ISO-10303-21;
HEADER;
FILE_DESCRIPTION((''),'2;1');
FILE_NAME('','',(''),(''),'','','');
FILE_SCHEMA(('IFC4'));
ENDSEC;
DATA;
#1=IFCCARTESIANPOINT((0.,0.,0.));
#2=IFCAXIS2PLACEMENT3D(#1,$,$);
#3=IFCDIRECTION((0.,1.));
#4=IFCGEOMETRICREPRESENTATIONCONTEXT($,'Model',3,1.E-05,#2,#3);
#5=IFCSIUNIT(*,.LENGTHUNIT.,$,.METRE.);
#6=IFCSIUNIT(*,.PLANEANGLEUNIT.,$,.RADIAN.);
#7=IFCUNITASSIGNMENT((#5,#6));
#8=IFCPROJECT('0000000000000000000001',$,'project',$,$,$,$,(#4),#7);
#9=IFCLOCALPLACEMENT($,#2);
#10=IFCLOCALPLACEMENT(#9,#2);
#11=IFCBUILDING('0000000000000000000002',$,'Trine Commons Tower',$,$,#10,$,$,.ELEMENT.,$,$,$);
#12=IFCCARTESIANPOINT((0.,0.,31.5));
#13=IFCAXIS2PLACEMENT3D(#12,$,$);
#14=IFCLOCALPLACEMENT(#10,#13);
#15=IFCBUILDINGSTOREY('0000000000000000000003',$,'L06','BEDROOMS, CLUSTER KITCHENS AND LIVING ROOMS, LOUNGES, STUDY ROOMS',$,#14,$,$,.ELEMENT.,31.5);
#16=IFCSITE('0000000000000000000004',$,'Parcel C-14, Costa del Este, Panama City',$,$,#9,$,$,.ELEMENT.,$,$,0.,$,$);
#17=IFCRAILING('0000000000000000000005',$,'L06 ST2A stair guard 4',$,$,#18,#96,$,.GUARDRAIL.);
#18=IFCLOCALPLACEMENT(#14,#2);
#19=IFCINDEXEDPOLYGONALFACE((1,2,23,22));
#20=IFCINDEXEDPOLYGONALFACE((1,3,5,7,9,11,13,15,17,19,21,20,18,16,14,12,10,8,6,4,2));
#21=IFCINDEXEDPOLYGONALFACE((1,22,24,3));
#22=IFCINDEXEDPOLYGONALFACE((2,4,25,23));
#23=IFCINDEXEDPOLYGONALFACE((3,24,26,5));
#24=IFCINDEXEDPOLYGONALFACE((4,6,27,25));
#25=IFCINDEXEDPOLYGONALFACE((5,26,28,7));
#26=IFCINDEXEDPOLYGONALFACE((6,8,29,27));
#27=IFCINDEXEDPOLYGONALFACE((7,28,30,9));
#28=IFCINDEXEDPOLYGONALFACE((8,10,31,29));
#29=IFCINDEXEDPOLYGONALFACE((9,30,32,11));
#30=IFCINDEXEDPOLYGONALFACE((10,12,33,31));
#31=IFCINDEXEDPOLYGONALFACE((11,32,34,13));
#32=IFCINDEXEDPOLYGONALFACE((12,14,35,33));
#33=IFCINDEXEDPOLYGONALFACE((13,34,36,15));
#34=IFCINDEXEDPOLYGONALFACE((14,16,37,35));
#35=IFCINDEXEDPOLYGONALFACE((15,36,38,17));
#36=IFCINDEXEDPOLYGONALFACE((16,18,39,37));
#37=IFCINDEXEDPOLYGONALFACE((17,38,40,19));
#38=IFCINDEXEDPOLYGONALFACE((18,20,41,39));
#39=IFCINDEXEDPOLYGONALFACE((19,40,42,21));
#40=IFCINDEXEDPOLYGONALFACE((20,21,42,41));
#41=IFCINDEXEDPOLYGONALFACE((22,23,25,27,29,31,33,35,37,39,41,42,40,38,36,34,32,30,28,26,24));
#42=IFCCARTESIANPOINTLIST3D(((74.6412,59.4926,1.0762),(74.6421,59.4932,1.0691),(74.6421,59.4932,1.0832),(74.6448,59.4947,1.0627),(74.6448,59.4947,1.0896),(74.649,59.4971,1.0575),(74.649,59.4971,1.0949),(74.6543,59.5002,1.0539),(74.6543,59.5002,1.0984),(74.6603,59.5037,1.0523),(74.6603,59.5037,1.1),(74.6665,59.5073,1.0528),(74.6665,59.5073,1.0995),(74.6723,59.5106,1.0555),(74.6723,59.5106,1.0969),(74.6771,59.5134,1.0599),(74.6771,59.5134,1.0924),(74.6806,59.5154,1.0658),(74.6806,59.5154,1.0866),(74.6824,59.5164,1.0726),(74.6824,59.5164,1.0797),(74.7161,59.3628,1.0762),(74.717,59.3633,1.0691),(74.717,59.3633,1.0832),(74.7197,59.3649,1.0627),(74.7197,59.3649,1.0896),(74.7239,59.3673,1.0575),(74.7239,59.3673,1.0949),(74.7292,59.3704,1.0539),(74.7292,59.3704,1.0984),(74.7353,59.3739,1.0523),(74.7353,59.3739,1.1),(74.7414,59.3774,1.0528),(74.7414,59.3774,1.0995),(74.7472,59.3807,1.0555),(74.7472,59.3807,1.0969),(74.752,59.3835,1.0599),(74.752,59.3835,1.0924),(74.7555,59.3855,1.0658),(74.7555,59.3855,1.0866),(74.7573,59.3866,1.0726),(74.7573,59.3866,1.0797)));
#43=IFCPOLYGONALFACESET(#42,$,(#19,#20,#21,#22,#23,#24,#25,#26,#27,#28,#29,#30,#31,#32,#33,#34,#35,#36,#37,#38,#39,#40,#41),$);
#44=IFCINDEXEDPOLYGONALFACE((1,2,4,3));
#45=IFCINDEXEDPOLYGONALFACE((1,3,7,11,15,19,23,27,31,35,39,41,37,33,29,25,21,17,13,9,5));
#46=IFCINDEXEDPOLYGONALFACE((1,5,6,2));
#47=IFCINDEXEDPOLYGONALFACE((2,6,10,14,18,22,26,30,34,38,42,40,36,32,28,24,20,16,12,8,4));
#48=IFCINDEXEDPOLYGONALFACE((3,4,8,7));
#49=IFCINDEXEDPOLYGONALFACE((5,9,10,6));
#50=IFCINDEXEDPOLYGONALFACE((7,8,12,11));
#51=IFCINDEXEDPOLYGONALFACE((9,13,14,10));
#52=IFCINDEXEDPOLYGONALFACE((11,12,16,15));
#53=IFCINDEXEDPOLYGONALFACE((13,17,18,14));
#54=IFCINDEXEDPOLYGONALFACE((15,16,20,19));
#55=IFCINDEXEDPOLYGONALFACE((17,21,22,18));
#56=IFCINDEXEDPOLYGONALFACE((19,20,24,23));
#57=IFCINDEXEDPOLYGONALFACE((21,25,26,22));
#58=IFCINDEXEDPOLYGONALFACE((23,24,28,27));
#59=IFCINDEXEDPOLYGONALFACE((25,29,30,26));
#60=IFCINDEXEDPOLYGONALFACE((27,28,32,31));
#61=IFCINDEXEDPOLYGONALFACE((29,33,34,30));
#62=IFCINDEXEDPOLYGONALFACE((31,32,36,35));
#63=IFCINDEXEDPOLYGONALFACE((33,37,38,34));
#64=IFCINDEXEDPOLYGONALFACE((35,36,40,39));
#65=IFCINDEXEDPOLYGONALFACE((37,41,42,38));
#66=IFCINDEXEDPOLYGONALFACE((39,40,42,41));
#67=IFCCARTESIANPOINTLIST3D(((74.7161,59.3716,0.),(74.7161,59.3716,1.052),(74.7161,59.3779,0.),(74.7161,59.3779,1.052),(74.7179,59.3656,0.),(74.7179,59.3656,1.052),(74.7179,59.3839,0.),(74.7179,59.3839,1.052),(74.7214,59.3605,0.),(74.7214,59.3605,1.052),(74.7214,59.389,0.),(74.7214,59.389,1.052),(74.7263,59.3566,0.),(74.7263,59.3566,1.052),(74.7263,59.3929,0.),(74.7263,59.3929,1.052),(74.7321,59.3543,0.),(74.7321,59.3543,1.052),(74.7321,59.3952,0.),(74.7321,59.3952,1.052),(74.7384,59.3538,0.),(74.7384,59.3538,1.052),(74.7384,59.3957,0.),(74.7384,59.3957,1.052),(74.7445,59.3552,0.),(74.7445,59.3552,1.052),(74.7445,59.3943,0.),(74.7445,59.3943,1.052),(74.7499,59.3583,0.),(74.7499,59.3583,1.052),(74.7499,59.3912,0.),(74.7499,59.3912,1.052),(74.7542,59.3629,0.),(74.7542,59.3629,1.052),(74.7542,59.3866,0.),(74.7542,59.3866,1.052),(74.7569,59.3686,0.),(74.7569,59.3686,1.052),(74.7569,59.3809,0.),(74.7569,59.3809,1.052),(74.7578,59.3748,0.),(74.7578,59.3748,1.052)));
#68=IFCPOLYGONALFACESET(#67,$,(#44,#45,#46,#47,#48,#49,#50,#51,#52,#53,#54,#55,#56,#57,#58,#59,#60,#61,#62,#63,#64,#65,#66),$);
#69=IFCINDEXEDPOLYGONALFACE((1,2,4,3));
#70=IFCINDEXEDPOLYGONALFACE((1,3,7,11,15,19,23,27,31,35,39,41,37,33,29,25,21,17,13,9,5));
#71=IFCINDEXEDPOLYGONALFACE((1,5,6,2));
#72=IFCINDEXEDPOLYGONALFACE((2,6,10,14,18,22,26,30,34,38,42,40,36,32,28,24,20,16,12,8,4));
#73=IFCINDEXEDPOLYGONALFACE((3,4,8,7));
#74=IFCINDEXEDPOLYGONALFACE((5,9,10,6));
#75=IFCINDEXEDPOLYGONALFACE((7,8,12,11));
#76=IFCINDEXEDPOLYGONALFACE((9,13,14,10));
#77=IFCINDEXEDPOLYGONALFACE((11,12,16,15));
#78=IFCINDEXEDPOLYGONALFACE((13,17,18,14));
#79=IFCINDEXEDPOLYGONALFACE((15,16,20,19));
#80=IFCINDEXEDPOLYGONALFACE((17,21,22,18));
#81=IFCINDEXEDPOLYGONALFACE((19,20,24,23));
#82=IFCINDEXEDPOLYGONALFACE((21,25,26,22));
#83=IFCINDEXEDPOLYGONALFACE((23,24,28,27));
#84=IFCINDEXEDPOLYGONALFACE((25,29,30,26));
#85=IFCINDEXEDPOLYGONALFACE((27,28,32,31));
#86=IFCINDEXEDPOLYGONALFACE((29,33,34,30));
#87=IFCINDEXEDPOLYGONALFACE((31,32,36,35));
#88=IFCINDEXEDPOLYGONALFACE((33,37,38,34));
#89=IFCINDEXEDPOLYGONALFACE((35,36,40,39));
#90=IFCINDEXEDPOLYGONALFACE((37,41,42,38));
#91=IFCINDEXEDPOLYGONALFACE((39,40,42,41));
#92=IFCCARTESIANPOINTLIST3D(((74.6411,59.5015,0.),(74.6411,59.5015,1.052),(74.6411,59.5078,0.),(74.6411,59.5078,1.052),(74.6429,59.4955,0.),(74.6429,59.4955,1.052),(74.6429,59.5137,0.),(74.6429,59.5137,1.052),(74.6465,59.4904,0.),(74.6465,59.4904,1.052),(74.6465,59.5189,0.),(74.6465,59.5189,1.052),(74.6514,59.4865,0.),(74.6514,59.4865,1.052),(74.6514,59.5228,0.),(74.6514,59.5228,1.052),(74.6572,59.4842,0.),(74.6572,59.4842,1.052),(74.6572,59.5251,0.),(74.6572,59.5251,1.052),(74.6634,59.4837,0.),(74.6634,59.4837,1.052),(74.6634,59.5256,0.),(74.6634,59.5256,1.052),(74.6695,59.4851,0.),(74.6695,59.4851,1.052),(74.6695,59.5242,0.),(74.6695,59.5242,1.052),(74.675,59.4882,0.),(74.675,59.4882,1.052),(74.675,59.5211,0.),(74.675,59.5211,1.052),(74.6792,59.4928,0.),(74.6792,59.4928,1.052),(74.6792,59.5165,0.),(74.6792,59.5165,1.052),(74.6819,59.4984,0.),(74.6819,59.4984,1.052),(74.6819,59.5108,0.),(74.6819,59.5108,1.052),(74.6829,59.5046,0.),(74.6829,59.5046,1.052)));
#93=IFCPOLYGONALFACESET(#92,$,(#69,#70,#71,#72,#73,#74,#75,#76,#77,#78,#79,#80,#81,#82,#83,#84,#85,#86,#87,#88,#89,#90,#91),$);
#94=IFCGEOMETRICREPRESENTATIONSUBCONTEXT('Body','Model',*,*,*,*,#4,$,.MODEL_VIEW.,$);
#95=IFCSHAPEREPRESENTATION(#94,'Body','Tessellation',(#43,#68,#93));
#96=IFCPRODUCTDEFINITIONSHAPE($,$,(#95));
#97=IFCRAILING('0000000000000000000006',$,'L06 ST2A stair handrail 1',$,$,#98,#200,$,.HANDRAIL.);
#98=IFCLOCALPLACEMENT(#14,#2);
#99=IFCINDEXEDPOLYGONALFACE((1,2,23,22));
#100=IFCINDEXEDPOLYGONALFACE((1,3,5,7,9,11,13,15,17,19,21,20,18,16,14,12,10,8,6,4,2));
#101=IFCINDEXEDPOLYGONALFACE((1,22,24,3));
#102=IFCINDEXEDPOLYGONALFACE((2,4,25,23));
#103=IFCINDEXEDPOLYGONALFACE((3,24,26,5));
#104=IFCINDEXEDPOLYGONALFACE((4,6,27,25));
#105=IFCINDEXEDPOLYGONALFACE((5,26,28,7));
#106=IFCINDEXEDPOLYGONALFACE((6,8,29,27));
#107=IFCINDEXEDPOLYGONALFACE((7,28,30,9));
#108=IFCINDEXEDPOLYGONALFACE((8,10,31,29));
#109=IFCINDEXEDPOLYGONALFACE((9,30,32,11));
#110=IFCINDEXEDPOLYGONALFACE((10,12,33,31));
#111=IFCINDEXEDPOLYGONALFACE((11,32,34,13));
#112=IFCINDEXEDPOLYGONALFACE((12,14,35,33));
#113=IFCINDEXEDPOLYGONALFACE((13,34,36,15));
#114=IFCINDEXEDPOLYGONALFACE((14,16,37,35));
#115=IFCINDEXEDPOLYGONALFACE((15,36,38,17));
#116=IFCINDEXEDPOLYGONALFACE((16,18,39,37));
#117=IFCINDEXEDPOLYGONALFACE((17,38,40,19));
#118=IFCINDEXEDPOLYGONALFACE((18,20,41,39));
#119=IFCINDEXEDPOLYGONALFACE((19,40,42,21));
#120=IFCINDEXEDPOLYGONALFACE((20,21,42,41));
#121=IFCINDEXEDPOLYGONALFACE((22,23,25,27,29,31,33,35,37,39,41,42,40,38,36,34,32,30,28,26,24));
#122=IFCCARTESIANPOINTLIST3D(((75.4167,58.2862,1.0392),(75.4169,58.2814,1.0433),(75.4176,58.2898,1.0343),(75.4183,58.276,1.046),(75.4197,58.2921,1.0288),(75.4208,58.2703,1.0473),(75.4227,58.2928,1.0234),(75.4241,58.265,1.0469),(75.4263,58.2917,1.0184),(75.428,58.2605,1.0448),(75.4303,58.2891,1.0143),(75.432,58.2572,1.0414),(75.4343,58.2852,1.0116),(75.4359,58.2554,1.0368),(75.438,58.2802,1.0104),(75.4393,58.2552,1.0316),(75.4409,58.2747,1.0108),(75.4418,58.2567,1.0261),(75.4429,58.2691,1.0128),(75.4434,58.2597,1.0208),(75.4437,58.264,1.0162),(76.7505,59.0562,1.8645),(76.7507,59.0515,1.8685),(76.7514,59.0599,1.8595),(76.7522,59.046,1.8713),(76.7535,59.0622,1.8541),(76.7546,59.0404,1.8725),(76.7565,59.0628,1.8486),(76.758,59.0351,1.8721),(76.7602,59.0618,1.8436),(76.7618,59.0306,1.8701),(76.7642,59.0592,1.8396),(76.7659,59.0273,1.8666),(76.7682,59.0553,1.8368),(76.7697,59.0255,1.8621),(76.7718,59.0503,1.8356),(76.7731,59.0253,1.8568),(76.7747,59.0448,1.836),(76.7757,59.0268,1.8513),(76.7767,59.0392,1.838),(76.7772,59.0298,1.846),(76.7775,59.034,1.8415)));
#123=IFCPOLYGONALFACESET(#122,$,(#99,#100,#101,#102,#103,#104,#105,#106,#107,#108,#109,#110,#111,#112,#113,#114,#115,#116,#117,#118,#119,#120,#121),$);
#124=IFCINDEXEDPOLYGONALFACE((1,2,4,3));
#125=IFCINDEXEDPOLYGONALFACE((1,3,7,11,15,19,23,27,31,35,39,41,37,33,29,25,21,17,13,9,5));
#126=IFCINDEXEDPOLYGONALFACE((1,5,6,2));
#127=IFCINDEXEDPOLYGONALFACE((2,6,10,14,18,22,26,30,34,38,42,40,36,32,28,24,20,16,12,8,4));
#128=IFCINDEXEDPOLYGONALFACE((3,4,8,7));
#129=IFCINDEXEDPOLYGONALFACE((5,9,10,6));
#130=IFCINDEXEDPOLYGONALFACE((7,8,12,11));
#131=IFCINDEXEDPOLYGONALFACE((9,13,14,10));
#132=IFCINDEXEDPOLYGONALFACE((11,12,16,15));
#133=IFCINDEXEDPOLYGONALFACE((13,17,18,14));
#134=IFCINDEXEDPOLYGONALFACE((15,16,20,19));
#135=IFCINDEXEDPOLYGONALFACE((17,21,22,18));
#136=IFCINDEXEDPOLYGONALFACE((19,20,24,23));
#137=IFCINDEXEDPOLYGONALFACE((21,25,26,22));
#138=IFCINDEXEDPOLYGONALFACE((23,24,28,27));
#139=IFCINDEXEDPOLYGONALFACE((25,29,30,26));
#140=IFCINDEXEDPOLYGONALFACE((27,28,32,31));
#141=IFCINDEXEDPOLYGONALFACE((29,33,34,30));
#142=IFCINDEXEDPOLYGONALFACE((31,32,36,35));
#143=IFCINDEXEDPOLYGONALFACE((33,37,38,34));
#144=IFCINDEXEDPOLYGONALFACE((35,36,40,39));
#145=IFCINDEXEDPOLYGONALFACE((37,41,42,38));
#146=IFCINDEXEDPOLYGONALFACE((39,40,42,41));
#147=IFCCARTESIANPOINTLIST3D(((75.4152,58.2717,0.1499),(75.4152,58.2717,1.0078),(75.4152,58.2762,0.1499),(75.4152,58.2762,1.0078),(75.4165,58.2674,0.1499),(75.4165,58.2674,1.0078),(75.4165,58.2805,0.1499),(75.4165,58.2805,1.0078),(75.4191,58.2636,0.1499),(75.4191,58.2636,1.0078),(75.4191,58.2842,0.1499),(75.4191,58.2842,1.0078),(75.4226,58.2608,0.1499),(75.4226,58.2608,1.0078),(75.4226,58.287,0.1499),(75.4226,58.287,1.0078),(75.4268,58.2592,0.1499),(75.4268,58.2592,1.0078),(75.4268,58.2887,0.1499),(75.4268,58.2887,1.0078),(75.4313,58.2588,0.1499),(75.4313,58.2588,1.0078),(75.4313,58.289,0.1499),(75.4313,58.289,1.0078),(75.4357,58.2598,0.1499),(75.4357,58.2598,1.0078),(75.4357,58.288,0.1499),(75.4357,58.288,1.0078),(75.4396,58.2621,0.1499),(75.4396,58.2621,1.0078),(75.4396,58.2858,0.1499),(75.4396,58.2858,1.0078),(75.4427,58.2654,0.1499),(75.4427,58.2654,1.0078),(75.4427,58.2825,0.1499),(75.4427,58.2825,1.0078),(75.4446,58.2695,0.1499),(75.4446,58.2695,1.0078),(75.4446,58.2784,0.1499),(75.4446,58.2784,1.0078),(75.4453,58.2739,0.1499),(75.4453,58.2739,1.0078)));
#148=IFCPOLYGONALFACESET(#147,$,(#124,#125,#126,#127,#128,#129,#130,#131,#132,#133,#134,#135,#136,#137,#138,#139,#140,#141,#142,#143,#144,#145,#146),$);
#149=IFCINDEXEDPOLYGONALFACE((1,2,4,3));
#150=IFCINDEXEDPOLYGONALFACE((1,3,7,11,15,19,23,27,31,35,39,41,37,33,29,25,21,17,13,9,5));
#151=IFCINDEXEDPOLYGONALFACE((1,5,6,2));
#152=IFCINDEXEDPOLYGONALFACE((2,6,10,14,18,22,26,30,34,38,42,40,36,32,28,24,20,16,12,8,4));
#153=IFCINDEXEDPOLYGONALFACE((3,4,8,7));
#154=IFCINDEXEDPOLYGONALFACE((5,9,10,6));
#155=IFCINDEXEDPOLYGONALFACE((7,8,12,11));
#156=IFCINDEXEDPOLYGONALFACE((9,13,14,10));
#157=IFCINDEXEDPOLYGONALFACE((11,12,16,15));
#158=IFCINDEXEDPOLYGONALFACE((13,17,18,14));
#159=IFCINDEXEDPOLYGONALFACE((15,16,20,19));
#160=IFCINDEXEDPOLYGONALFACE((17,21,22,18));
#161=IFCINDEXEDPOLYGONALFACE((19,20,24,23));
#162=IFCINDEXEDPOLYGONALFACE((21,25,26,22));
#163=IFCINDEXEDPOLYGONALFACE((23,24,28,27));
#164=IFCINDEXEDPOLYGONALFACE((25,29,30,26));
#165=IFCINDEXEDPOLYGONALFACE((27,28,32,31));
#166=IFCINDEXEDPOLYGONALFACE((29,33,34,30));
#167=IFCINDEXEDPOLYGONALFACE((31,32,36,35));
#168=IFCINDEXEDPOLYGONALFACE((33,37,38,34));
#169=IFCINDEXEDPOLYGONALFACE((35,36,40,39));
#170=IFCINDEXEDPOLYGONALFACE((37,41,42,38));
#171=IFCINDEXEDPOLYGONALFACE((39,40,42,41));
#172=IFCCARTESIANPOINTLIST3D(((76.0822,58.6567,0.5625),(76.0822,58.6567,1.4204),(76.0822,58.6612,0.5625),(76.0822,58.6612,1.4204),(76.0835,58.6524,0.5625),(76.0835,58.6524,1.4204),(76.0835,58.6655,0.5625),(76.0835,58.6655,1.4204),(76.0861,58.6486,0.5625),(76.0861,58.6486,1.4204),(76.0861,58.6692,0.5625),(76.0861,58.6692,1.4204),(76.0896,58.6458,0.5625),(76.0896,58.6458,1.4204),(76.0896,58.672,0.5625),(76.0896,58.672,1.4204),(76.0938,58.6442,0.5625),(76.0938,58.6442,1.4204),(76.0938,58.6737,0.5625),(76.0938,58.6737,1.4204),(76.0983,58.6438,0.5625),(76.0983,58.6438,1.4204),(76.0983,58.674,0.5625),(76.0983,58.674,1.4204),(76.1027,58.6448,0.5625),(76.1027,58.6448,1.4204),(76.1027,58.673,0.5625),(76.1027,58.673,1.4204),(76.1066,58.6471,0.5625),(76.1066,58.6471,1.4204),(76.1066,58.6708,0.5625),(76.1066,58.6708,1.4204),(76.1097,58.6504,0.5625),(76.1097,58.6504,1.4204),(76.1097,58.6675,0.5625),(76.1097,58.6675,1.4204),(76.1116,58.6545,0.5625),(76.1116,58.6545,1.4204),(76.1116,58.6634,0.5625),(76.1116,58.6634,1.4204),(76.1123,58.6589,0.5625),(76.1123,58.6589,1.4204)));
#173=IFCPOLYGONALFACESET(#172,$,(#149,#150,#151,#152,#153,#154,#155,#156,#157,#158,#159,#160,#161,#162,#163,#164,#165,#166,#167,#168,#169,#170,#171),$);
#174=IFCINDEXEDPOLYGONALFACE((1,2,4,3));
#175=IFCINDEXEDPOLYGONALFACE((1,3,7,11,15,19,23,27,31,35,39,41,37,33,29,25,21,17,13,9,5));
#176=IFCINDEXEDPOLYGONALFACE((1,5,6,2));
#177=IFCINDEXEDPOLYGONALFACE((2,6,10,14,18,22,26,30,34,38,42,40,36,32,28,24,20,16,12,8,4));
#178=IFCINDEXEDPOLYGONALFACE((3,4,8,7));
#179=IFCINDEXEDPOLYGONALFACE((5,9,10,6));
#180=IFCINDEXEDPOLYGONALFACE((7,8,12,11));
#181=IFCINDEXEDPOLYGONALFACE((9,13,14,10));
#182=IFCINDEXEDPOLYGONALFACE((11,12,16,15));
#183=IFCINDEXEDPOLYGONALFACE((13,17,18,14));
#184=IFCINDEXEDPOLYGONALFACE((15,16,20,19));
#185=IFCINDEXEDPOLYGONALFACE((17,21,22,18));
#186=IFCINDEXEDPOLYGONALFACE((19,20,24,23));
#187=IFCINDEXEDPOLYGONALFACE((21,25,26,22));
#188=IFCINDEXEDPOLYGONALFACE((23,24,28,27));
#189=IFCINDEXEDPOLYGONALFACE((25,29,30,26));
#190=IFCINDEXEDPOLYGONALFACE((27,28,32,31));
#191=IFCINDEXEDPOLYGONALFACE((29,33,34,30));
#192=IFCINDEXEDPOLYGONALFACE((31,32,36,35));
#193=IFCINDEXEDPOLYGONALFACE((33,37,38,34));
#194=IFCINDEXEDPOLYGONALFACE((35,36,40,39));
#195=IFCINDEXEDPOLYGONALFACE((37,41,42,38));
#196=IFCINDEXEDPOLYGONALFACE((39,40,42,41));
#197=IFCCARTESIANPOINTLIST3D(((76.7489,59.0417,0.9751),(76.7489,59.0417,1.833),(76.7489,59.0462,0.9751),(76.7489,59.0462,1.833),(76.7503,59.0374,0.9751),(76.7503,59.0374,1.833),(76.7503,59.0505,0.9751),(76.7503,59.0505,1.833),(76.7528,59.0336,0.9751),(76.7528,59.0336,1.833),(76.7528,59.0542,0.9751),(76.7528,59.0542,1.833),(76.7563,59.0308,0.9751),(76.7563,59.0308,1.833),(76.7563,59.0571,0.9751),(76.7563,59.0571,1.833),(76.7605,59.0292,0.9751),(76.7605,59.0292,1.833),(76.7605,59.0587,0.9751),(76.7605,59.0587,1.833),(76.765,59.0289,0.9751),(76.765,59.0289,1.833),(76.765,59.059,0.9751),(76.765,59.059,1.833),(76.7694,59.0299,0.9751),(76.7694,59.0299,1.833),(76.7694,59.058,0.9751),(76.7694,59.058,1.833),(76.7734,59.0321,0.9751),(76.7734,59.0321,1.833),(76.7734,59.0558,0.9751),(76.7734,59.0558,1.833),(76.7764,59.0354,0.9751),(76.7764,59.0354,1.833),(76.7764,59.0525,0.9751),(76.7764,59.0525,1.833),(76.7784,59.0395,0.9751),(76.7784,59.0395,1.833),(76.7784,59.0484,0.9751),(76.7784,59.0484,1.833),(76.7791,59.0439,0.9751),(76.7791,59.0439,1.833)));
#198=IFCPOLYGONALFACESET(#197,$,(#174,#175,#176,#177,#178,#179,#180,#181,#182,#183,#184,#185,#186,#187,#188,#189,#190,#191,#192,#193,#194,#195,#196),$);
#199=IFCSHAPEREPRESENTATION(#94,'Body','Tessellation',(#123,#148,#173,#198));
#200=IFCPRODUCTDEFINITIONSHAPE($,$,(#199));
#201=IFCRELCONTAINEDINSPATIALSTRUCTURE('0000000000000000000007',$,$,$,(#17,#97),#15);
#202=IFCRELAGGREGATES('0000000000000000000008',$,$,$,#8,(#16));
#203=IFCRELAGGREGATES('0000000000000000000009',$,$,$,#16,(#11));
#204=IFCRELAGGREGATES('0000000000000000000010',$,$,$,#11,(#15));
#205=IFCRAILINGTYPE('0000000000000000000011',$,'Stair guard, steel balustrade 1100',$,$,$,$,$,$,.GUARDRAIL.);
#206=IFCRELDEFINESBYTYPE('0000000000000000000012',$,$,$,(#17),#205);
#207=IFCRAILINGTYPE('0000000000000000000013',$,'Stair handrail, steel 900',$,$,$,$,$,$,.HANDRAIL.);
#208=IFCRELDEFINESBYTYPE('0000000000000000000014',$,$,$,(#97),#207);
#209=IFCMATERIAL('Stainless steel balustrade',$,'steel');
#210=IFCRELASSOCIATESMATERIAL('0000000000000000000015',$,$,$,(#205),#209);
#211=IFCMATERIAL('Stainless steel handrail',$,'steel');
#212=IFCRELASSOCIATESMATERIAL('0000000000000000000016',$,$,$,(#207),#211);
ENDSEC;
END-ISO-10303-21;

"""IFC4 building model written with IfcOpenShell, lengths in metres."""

from ifc_helpers import new_model, si_unit, direction, frame, origin, origin_2d, place, context, subcontext, project, spatial, circle, extrude, material, type_object, element, save


model = new_model("IFC4")

# Units and contexts
model_context = context("Model", 3, precision=1e-05, world=origin(), true_north=direction((0.0, 1.0)))
body_context = subcontext(model_context, "Body", "Model", "MODEL_VIEW")
ifc_project = project(units=[si_unit("LENGTHUNIT", "METRE"), si_unit("PLANEANGLEUNIT", "RADIAN")], contexts=[model_context])

# Site, building, storey
site_placement = place(None, origin())
site = spatial("IfcSite", under=ifc_project, at=site_placement, Name="Parcel C-14, Costa del Este, Panama City", CompositionType="ELEMENT", RefElevation=0.0)
building_placement = place(site_placement, origin())
building = spatial("IfcBuilding", under=site, at=building_placement, Name="Trine Commons Tower", CompositionType="ELEMENT")
storey_placement = place(building_placement, frame((0.0, 0.0, 31.5)))
storey = spatial("IfcBuildingStorey", under=building, at=storey_placement, Name="L06", Description="BEDROOMS, CLUSTER KITCHENS AND LIVING ROOMS, LOUNGES, STUDY ROOMS", CompositionType="ELEMENT", Elevation=31.5)

# Railings
ifc_material_1 = material(Name="Stainless steel balustrade", Category="steel")
railing_type_1 = type_object("IfcRailingType", Name="Stair guard, steel balustrade 1100", PredefinedType="GUARDRAIL", material=ifc_material_1)
railing_1_placement = place(storey_placement, frame((74.7368, 59.3748, 0.0)))
element("IfcRailing", 1, at=railing_1_placement, inside=storey, type_object=railing_type_1, Name="L06 ST2A stair guard 4", PredefinedType="GUARDRAIL", context=body_context, shape_type="SweptSolid", body=[
    extrude(circle(Radius=0.0239, at=origin_2d()), frame((0.0, 0.0, 1.0762), z_axis=(-0.499816, 0.866131, 0.0), x_axis=(-0.866131, -0.499816, 0.0)), (0.0, 0.0, 1.0), 0.1499),
    extrude(circle(Radius=0.021, at=origin_2d()), origin(), (0.0, 0.0, 1.0), 1.052),
    extrude(circle(Radius=0.021, at=origin_2d()), frame((-0.075, 0.1299, 0.0)), (0.0, 0.0, 1.0), 1.052),
])
ifc_material_2 = material(Name="Stainless steel handrail", Category="steel")
railing_type_2 = type_object("IfcRailingType", Name="Stair handrail, steel 900", PredefinedType="HANDRAIL", material=ifc_material_2)
railing_2_placement = place(storey_placement, frame((75.4302, 58.2739, 0.1499)))
element("IfcRailing", 2, at=railing_2_placement, inside=storey, type_object=railing_type_2, Name="L06 ST2A stair handrail 1", PredefinedType="HANDRAIL", context=body_context, shape_type="SweptSolid", body=[
    extrude(circle(Radius=0.021, at=origin_2d()), frame((0.0, 0.0, 0.8789), z_axis=(0.763355, 0.440714, 0.472293), x_axis=(-0.499992, 0.86603, 0.0)), (0.0, 0.0, 1.0), 1.7473),
    extrude(circle(Radius=0.0151, at=origin_2d()), origin(), (0.0, 0.0, 1.0), 0.8579),
    extrude(circle(Radius=0.0151, at=origin_2d()), frame((0.667, 0.385, 0.4126)), (0.0, 0.0, 1.0), 0.8579),
    extrude(circle(Radius=0.0151, at=origin_2d()), frame((1.3337, 0.77, 0.8252)), (0.0, 0.0, 1.0), 0.8579),
])

save(model, "model.ifc")
